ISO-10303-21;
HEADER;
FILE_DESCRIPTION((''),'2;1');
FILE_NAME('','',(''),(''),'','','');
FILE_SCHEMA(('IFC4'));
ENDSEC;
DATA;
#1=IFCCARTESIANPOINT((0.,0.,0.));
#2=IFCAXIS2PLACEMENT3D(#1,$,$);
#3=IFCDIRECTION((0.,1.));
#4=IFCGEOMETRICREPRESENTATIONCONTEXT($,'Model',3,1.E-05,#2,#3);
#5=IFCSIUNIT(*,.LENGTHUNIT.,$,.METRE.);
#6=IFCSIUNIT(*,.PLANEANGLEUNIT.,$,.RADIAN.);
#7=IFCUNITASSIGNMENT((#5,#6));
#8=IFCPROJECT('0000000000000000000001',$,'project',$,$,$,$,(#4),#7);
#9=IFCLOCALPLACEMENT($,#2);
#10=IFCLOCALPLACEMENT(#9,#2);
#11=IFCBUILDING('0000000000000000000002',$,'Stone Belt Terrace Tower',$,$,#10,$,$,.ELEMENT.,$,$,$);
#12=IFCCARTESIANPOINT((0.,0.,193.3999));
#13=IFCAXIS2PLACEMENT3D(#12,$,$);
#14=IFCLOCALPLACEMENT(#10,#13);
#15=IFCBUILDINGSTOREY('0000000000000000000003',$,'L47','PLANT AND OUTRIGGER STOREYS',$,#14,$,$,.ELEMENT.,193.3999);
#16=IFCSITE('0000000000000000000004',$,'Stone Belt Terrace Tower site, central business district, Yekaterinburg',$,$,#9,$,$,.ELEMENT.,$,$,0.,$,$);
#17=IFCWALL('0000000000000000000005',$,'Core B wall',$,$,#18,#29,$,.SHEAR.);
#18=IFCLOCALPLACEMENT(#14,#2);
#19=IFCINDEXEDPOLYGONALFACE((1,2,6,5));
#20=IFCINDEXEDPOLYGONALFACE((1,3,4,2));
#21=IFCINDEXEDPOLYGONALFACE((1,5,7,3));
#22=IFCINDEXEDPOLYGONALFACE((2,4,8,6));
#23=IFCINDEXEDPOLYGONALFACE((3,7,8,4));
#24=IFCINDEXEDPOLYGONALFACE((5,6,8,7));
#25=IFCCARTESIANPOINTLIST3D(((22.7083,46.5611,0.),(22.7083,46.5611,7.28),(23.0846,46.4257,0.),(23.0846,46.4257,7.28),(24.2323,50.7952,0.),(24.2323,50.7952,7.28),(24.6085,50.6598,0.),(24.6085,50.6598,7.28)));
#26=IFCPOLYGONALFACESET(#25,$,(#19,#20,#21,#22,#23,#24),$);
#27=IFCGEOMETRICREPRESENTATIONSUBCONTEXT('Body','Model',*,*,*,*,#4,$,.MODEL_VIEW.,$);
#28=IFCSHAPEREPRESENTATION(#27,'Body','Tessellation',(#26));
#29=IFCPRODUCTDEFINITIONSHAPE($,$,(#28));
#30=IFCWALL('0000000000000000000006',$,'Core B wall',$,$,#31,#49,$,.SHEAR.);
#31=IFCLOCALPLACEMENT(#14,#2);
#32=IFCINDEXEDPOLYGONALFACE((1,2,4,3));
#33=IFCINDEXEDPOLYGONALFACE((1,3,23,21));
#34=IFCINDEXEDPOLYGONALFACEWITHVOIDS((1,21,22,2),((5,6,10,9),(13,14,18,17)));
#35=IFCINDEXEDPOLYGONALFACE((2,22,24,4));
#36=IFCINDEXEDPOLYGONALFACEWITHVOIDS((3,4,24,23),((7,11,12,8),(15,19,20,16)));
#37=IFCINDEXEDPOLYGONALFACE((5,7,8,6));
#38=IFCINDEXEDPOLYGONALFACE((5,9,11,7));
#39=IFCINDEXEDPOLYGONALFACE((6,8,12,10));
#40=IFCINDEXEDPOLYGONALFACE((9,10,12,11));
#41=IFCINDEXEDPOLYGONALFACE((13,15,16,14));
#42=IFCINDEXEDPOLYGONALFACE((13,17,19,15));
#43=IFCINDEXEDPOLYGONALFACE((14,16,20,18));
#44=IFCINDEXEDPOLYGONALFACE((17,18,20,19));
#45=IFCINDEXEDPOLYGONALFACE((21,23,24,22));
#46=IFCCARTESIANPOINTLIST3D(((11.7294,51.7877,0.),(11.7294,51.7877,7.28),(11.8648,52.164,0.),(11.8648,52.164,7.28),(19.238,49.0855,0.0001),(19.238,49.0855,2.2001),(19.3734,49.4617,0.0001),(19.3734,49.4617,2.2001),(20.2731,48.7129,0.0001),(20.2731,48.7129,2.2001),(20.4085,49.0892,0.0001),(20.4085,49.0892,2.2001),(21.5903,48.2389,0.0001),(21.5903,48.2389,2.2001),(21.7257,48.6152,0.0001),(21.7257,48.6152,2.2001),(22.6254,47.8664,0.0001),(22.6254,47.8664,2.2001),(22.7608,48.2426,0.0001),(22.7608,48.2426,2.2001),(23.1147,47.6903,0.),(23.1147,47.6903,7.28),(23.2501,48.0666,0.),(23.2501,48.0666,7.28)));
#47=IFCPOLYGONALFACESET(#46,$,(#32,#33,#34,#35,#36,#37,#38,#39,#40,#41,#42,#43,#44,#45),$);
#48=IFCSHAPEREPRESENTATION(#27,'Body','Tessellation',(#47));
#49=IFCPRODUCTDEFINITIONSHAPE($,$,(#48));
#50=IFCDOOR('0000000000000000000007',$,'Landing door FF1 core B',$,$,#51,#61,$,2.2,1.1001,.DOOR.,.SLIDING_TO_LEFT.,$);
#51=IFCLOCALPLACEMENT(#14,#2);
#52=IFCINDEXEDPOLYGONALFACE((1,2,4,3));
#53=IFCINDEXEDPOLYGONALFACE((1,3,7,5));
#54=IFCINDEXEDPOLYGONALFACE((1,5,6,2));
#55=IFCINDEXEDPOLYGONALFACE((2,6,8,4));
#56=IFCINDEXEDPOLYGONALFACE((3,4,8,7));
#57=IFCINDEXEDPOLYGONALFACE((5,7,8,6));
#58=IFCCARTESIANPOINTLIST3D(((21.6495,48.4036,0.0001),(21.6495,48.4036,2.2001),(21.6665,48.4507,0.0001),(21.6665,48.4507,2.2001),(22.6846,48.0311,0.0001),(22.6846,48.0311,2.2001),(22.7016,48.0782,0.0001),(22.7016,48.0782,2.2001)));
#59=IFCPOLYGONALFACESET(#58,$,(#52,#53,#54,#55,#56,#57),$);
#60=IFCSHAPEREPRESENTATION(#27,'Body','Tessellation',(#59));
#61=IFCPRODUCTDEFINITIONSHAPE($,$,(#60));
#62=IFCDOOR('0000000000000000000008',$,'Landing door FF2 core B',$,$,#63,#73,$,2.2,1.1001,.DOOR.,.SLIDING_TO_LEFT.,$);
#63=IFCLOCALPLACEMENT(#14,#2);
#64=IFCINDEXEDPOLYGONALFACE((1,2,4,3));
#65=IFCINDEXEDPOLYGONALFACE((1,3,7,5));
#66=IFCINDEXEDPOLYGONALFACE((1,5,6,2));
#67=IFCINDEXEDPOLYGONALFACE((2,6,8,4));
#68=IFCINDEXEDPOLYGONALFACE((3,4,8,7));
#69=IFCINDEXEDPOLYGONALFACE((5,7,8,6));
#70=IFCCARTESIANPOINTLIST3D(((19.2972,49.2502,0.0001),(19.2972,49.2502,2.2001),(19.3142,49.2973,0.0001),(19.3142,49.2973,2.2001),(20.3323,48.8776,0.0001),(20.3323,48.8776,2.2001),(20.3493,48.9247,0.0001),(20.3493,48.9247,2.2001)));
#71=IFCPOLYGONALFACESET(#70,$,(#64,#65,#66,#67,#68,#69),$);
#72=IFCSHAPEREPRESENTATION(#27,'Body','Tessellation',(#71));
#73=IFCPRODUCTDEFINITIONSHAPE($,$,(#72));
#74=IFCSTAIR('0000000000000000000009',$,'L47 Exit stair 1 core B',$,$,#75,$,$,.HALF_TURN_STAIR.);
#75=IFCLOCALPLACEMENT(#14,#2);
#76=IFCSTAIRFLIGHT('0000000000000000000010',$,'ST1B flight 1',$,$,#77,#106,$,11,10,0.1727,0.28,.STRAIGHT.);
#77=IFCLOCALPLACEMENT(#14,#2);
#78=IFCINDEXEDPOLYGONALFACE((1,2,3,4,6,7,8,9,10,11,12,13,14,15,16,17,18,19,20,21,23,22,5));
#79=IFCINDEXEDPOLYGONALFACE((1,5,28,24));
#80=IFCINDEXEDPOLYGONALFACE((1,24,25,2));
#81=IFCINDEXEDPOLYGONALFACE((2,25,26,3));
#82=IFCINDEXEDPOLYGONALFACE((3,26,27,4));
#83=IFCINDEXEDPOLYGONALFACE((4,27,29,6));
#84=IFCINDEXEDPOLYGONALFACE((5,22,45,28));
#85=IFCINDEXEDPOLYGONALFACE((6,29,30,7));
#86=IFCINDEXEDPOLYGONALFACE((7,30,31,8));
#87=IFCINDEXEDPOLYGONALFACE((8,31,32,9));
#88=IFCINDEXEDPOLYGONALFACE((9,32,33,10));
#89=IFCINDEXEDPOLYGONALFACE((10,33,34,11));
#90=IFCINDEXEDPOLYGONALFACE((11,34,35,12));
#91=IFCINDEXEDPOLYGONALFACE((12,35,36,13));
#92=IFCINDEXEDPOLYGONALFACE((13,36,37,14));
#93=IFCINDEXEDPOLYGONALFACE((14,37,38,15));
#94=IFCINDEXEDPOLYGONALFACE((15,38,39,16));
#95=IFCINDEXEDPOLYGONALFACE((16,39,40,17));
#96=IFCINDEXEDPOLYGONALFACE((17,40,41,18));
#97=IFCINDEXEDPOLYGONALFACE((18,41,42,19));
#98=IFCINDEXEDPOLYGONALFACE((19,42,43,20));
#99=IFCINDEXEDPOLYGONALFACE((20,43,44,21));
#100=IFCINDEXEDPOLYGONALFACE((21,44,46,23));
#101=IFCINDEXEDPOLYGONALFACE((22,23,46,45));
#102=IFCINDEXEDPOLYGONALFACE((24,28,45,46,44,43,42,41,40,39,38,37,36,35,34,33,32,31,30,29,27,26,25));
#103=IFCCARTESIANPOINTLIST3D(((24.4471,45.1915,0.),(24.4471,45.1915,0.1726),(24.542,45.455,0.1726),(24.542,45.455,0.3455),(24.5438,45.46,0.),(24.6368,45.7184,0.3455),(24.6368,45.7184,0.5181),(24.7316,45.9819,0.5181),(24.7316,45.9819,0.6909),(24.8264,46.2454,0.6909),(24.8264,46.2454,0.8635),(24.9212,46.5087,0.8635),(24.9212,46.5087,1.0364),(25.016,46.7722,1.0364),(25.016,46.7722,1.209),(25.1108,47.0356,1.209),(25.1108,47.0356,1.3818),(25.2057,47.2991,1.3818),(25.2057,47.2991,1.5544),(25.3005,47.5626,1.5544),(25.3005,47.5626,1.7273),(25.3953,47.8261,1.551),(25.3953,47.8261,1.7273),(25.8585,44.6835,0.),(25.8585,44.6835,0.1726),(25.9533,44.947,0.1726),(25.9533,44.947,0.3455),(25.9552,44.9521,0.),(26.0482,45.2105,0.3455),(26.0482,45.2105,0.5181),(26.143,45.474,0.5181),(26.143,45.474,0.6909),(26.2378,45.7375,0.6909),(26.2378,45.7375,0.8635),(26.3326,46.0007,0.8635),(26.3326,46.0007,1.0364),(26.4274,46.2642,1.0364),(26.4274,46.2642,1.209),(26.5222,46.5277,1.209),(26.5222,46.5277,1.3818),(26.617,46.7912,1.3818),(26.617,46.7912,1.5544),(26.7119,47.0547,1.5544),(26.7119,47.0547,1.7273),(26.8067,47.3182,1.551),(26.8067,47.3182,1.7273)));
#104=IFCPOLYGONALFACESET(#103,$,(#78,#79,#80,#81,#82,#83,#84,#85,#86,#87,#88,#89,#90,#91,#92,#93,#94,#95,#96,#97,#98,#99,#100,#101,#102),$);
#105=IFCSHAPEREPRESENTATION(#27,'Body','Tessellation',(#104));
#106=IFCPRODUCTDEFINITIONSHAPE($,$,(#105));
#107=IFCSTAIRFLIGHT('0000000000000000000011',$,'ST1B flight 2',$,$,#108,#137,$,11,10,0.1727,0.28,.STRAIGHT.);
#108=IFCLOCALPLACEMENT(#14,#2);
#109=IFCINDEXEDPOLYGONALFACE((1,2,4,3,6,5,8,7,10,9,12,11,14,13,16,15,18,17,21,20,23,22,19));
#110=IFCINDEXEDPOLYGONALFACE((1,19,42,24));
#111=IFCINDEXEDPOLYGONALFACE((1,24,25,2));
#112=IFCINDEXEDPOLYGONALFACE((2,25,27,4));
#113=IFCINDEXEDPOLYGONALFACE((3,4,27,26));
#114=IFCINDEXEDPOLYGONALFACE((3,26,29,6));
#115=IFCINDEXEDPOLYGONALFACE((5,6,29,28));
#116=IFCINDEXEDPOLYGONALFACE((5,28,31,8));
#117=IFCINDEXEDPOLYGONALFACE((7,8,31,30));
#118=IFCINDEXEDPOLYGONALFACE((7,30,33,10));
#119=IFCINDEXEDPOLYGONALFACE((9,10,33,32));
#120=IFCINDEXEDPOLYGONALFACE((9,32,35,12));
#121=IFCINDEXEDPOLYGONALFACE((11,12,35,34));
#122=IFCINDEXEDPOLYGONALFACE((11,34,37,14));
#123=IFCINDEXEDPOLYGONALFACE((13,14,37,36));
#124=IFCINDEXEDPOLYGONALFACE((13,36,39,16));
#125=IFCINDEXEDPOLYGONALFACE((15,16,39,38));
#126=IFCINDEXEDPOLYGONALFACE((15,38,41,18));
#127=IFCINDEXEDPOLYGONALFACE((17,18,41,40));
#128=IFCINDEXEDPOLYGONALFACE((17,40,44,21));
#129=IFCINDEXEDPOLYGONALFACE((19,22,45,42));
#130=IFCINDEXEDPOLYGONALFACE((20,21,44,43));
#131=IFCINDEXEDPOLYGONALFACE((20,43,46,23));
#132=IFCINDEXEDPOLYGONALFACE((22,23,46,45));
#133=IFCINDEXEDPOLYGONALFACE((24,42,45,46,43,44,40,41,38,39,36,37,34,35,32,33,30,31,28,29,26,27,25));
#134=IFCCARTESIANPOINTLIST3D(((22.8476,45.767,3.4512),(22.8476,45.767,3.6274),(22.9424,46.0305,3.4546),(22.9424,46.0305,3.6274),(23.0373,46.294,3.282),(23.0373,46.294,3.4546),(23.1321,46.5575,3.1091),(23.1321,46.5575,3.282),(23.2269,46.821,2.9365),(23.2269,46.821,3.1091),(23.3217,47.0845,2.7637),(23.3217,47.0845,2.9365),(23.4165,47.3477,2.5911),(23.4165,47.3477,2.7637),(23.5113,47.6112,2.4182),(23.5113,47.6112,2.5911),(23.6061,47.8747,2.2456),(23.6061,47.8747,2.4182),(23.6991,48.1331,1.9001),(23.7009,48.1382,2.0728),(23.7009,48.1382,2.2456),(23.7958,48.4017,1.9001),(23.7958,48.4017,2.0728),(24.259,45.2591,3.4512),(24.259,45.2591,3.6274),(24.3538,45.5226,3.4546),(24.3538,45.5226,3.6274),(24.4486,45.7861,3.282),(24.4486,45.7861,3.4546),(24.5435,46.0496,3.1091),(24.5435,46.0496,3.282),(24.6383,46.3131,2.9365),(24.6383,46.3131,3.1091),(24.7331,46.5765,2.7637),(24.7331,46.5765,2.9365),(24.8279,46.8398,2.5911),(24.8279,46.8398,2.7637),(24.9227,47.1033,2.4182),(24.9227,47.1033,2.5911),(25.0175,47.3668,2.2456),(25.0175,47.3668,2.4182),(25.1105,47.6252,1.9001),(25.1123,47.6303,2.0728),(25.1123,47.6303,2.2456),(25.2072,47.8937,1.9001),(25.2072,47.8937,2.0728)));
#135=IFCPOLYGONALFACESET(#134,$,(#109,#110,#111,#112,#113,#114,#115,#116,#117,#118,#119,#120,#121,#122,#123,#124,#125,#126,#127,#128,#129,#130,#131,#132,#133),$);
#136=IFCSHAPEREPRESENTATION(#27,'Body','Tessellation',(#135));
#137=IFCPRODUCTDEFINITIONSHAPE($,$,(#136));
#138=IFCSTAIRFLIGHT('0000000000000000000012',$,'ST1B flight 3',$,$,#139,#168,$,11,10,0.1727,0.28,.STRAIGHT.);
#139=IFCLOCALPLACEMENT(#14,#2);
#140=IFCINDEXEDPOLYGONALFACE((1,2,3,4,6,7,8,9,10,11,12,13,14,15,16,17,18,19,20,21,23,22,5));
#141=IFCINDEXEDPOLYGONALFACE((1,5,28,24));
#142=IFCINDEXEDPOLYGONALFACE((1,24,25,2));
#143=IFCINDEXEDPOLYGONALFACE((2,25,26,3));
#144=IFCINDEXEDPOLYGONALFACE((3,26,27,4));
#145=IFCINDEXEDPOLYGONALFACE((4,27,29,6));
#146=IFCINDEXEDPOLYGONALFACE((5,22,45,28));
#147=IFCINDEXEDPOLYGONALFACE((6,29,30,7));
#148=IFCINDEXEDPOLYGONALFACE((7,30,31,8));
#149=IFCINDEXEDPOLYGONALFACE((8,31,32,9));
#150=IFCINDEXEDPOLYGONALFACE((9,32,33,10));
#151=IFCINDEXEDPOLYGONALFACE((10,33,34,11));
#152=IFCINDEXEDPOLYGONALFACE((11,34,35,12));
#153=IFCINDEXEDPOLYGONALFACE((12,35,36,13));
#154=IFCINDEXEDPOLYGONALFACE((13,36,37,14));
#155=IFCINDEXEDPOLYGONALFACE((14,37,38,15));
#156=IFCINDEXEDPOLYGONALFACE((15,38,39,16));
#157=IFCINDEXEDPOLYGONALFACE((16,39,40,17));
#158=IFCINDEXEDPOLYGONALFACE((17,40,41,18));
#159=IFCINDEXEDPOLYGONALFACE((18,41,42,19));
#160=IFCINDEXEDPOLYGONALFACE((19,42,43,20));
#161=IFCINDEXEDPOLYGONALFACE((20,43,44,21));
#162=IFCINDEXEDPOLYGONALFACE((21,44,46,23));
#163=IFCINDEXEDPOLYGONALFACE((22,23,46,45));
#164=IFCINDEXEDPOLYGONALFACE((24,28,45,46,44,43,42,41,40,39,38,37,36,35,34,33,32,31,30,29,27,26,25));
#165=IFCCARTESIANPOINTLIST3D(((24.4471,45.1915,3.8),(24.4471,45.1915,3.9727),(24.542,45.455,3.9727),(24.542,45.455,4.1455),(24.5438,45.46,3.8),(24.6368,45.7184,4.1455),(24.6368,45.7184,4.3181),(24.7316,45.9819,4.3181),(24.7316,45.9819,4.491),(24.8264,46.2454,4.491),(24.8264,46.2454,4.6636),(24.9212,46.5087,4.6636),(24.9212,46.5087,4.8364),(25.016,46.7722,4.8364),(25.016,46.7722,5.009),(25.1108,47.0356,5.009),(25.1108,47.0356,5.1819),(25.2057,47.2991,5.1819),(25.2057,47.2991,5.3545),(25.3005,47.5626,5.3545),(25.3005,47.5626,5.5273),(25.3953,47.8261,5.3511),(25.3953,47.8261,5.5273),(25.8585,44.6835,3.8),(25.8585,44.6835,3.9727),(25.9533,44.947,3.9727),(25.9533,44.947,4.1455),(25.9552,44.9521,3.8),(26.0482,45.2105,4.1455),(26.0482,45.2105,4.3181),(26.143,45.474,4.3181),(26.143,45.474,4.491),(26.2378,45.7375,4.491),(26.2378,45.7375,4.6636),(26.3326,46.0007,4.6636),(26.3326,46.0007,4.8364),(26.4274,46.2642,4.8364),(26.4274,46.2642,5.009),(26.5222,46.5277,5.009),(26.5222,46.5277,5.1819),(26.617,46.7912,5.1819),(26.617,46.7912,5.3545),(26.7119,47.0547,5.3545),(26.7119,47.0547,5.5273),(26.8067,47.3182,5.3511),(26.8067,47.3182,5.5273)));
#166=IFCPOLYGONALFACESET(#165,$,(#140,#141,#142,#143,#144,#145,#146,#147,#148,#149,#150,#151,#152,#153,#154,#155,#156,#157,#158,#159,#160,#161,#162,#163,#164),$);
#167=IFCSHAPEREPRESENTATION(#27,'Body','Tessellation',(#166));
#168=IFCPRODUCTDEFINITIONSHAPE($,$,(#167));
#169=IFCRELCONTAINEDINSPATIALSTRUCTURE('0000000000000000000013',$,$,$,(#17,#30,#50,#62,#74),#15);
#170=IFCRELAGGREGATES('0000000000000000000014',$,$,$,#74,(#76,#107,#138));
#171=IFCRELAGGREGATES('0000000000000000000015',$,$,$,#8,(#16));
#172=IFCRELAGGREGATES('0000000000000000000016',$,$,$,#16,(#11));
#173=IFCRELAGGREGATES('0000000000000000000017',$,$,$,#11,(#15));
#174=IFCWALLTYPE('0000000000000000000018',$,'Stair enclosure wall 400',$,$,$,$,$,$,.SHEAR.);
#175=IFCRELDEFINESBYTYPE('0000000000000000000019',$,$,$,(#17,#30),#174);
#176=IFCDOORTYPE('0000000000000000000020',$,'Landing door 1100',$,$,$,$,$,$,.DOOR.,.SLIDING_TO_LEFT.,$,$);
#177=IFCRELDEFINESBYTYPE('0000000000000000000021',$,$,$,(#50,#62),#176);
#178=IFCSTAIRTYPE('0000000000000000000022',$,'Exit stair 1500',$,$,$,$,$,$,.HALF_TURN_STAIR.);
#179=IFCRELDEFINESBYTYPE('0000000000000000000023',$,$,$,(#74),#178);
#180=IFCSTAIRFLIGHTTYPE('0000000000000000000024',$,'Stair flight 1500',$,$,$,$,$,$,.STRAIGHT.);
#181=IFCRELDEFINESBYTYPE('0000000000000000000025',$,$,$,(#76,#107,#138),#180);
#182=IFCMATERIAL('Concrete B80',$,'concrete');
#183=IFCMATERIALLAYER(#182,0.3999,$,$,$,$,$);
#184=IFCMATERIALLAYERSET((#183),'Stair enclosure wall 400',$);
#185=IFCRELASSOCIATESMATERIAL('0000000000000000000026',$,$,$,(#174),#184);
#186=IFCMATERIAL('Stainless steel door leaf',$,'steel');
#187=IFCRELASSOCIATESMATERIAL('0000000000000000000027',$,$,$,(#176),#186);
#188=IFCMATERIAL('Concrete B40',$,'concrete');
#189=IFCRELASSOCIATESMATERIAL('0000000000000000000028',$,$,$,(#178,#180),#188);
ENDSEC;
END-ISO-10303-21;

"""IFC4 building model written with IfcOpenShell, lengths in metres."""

from ifc_helpers import new_model, si_unit, direction, frame, frame_2d, origin, place, context, subcontext, project, spatial, polyline, rectangle, outline, extrude, material, layer, layer_set, type_object, element, fill, aggregate, save


model = new_model("IFC4")

# Units and contexts
model_context = context("Model", 3, precision=1e-05, world=origin(), true_north=direction((0.0, 1.0)))
body_context = subcontext(model_context, "Body", "Model", "MODEL_VIEW")
ifc_project = project(units=[si_unit("LENGTHUNIT", "METRE"), si_unit("PLANEANGLEUNIT", "RADIAN")], contexts=[model_context])

# Site, building, storey
site_placement = place(None, origin())
site = spatial("IfcSite", under=ifc_project, at=site_placement, Name="Stone Belt Terrace Tower site, central business district, Yekaterinburg", CompositionType="ELEMENT", RefElevation=0.0)
building_placement = place(site_placement, origin())
building = spatial("IfcBuilding", under=site, at=building_placement, Name="Stone Belt Terrace Tower", CompositionType="ELEMENT")
storey_placement = place(building_placement, frame((0.0, 0.0, 193.3999)))
storey = spatial("IfcBuildingStorey", under=building, at=storey_placement, Name="L47", Description="PLANT AND OUTRIGGER STOREYS", CompositionType="ELEMENT", Elevation=193.3999)

# Shared definitions
ifc_material_1 = material(Name="Concrete B80", Category="concrete")

# Wall
ifc_layer_1 = layer(ifc_material_1, 0.3999)
ifc_layer_set_1 = layer_set([ifc_layer_1], Name="Stair enclosure wall 400")
wall_type_1 = type_object("IfcWallType", Name="Stair enclosure wall 400", PredefinedType="SHEAR", material=ifc_layer_set_1)
wall_1_placement = place(storey_placement, frame((22.8965, 46.4934, 0.0), z_axis=(0.0, 0.0, 1.0), x_axis=(0.338648, 0.940913, 0.0)))
element("IfcWall", 1, at=wall_1_placement, inside=storey, type_object=wall_type_1, Name="Core B wall", PredefinedType="SHEAR", context=body_context, shape_type="SweptSolid", body=[
    extrude(rectangle(XDim=4.5, YDim=0.3999, at=frame_2d((2.25, 0.0))), origin(), (0.0, 0.0, 1.0), 7.28),
])

# Wall, openings, doors
wall_2_placement = place(storey_placement, frame((23.1824, 47.8784, 0.0), z_axis=(0.0, 0.0, 1.0), x_axis=(-0.940921, 0.338626, 0.0)))
wall_2 = element("IfcWall", 2, at=wall_2_placement, inside=storey, type_object=wall_type_1, Name="Core B wall", PredefinedType="SHEAR", context=body_context, shape_type="SweptSolid", body=[
    extrude(rectangle(XDim=12.1001, YDim=0.3999, at=frame_2d((6.05, 0.0))), origin(), (0.0, 0.0, 1.0), 7.28),
])
opening_1_placement = place(wall_2_placement, frame((0.52, 0.0, 0.0)))
opening_1 = element("IfcOpeningElement", 3, at=opening_1_placement, cuts=wall_2, PredefinedType="OPENING", context=body_context, shape_type="SweptSolid", body=[
    extrude(rectangle(XDim=1.1001, YDim=2.2, at=frame_2d((0.55, 1.1001))), frame((0.0, 0.21, 0.0), z_axis=(0.0, -1.0, 0.0), x_axis=(1.0, 0.0, 0.0)), (0.0, 0.0, 1.0), 0.4199),
])
opening_2_placement = place(wall_2_placement, frame((3.02, 0.0, 0.0)))
opening_2 = element("IfcOpeningElement", 4, at=opening_2_placement, cuts=wall_2, PredefinedType="OPENING", context=body_context, shape_type="SweptSolid", body=[
    extrude(rectangle(XDim=1.1001, YDim=2.2, at=frame_2d((0.55, 1.1001))), frame((0.0, 0.21, 0.0), z_axis=(0.0, -1.0, 0.0), x_axis=(1.0, 0.0, 0.0)), (0.0, 0.0, 1.0), 0.4199),
])
ifc_material_2 = material(Name="Stainless steel door leaf", Category="steel")
door_type_1 = type_object("IfcDoorType", Name="Landing door 1100", OperationType="SLIDING_TO_LEFT", PredefinedType="DOOR", material=ifc_material_2)
door_1_placement = place(opening_1_placement, origin())
door_1 = element("IfcDoor", 5, at=door_1_placement, inside=storey, type_object=door_type_1, Name="Landing door FF1 core B", OperationType="SLIDING_TO_LEFT", OverallHeight=2.2, OverallWidth=1.1001, PredefinedType="DOOR", context=body_context, shape_type="SweptSolid", body=[
    extrude(rectangle(XDim=1.1001, YDim=2.2, at=frame_2d((0.55, 1.1001))), frame((0.0, 0.0249, 0.0), z_axis=(0.0, -1.0, 0.0), x_axis=(1.0, 0.0, 0.0)), (0.0, 0.0, 1.0), 0.05),
])
fill(opening_1, door_1)
door_2_placement = place(opening_2_placement, origin())
door_2 = element("IfcDoor", 6, at=door_2_placement, inside=storey, type_object=door_type_1, Name="Landing door FF2 core B", OperationType="SLIDING_TO_LEFT", OverallHeight=2.2, OverallWidth=1.1001, PredefinedType="DOOR", context=body_context, shape_type="SweptSolid", body=[
    extrude(rectangle(XDim=1.1001, YDim=2.2, at=frame_2d((0.55, 1.1001))), frame((0.0, 0.0249, 0.0), z_axis=(0.0, -1.0, 0.0), x_axis=(1.0, 0.0, 0.0)), (0.0, 0.0, 1.0), 0.05),
])
fill(opening_2, door_2)

# Stair, stair flights
ifc_material_3 = material(Name="Concrete B40", Category="concrete")
stair_type = type_object("IfcStairType", Name="Exit stair 1500", PredefinedType="HALF_TURN_STAIR", material=ifc_material_3)
stair_placement = place(storey_placement, origin())
stair = element("IfcStair", 7, at=stair_placement, inside=storey, type_object=stair_type, Name="L47 Exit stair 1 core B", PredefinedType="HALF_TURN_STAIR")
stair_flight_type = type_object("IfcStairFlightType", Name="Stair flight 1500", PredefinedType="STRAIGHT", material=ifc_material_3)
stair_flight_1_placement = place(storey_placement, frame((25.1528, 44.9375, 0.0), z_axis=(0.0, 0.0, 1.0), x_axis=(0.338624, 0.940922, 0.0)))
stair_flight_1 = element("IfcStairFlight", 8, at=stair_flight_1_placement, type_object=stair_flight_type, Name="ST1B flight 1", NumberOfRisers=11, NumberOfTreads=10, PredefinedType="STRAIGHT", RiserHeight=0.1727, TreadLength=0.28, context=body_context, shape_type="SweptSolid", body=[
    extrude(outline(polyline([(0.0, 0.0), (0.0, 0.1726), (0.28, 0.1726), (0.28, 0.3455), (0.5601, 0.3455), (0.5601, 0.5181), (0.8401, 0.5181), (0.8401, 0.6909), (1.1201, 0.6909), (1.1201, 0.8635), (1.3999, 0.8635), (1.3999, 1.0364), (1.6799, 1.0364), (1.6799, 1.209), (1.96, 1.209), (1.96, 1.3818), (2.24, 1.3818), (2.24, 1.5544), (2.52, 1.5544), (2.52, 1.7273), (2.8, 1.7273), (2.8, 1.8999), (2.8, 1.551), (0.2854, 0.0), (0.0, 0.0)])), frame((0.0, 0.75, 0.0), z_axis=(0.0, -1.0, 0.0), x_axis=(1.0, 0.0, 0.0)), (0.0, 0.0, 1.0), 1.5),
])
stair_flight_2_placement = place(storey_placement, frame((24.5015, 48.1477, 1.9001), z_axis=(0.0, 0.0, 1.0), x_axis=(-0.338624, -0.940922, 0.0)))
stair_flight_2 = element("IfcStairFlight", 9, at=stair_flight_2_placement, type_object=stair_flight_type, Name="ST1B flight 2", NumberOfRisers=11, NumberOfTreads=10, PredefinedType="STRAIGHT", RiserHeight=0.1727, TreadLength=0.28, context=body_context, shape_type="SweptSolid", body=[
    extrude(outline(polyline([(0.0, 0.0), (0.0, 0.1726), (0.28, 0.1726), (0.28, 0.3455), (0.5601, 0.3455), (0.5601, 0.5181), (0.8401, 0.5181), (0.8401, 0.6909), (1.1201, 0.6909), (1.1201, 0.8635), (1.3999, 0.8635), (1.3999, 1.0364), (1.6799, 1.0364), (1.6799, 1.209), (1.96, 1.209), (1.96, 1.3818), (2.24, 1.3818), (2.24, 1.5544), (2.52, 1.5544), (2.52, 1.7273), (2.8, 1.7273), (2.8, 1.8999), (2.8, 1.551), (0.2854, 0.0), (0.0, 0.0)])), frame((0.0, 0.75, 0.0), z_axis=(0.0, -1.0, 0.0), x_axis=(1.0, 0.0, 0.0)), (0.0, 0.0, 1.0), 1.5),
])
stair_flight_3_placement = place(storey_placement, frame((25.1528, 44.9375, 3.8), z_axis=(0.0, 0.0, 1.0), x_axis=(0.338624, 0.940922, 0.0)))
stair_flight_3 = element("IfcStairFlight", 10, at=stair_flight_3_placement, type_object=stair_flight_type, Name="ST1B flight 3", NumberOfRisers=11, NumberOfTreads=10, PredefinedType="STRAIGHT", RiserHeight=0.1727, TreadLength=0.28, context=body_context, shape_type="SweptSolid", body=[
    extrude(outline(polyline([(0.0, 0.0), (0.0, 0.1726), (0.28, 0.1726), (0.28, 0.3455), (0.5601, 0.3455), (0.5601, 0.5181), (0.8401, 0.5181), (0.8401, 0.6909), (1.1201, 0.6909), (1.1201, 0.8635), (1.3999, 0.8635), (1.3999, 1.0364), (1.6799, 1.0364), (1.6799, 1.209), (1.96, 1.209), (1.96, 1.3818), (2.24, 1.3818), (2.24, 1.5544), (2.52, 1.5544), (2.52, 1.7273), (2.8, 1.7273), (2.8, 1.8999), (2.8, 1.551), (0.2854, 0.0), (0.0, 0.0)])), frame((0.0, 0.75, 0.0), z_axis=(0.0, -1.0, 0.0), x_axis=(1.0, 0.0, 0.0)), (0.0, 0.0, 1.0), 1.5),
])
aggregate(stair, [stair_flight_1, stair_flight_2, stair_flight_3])

save(model, "model.ifc")
